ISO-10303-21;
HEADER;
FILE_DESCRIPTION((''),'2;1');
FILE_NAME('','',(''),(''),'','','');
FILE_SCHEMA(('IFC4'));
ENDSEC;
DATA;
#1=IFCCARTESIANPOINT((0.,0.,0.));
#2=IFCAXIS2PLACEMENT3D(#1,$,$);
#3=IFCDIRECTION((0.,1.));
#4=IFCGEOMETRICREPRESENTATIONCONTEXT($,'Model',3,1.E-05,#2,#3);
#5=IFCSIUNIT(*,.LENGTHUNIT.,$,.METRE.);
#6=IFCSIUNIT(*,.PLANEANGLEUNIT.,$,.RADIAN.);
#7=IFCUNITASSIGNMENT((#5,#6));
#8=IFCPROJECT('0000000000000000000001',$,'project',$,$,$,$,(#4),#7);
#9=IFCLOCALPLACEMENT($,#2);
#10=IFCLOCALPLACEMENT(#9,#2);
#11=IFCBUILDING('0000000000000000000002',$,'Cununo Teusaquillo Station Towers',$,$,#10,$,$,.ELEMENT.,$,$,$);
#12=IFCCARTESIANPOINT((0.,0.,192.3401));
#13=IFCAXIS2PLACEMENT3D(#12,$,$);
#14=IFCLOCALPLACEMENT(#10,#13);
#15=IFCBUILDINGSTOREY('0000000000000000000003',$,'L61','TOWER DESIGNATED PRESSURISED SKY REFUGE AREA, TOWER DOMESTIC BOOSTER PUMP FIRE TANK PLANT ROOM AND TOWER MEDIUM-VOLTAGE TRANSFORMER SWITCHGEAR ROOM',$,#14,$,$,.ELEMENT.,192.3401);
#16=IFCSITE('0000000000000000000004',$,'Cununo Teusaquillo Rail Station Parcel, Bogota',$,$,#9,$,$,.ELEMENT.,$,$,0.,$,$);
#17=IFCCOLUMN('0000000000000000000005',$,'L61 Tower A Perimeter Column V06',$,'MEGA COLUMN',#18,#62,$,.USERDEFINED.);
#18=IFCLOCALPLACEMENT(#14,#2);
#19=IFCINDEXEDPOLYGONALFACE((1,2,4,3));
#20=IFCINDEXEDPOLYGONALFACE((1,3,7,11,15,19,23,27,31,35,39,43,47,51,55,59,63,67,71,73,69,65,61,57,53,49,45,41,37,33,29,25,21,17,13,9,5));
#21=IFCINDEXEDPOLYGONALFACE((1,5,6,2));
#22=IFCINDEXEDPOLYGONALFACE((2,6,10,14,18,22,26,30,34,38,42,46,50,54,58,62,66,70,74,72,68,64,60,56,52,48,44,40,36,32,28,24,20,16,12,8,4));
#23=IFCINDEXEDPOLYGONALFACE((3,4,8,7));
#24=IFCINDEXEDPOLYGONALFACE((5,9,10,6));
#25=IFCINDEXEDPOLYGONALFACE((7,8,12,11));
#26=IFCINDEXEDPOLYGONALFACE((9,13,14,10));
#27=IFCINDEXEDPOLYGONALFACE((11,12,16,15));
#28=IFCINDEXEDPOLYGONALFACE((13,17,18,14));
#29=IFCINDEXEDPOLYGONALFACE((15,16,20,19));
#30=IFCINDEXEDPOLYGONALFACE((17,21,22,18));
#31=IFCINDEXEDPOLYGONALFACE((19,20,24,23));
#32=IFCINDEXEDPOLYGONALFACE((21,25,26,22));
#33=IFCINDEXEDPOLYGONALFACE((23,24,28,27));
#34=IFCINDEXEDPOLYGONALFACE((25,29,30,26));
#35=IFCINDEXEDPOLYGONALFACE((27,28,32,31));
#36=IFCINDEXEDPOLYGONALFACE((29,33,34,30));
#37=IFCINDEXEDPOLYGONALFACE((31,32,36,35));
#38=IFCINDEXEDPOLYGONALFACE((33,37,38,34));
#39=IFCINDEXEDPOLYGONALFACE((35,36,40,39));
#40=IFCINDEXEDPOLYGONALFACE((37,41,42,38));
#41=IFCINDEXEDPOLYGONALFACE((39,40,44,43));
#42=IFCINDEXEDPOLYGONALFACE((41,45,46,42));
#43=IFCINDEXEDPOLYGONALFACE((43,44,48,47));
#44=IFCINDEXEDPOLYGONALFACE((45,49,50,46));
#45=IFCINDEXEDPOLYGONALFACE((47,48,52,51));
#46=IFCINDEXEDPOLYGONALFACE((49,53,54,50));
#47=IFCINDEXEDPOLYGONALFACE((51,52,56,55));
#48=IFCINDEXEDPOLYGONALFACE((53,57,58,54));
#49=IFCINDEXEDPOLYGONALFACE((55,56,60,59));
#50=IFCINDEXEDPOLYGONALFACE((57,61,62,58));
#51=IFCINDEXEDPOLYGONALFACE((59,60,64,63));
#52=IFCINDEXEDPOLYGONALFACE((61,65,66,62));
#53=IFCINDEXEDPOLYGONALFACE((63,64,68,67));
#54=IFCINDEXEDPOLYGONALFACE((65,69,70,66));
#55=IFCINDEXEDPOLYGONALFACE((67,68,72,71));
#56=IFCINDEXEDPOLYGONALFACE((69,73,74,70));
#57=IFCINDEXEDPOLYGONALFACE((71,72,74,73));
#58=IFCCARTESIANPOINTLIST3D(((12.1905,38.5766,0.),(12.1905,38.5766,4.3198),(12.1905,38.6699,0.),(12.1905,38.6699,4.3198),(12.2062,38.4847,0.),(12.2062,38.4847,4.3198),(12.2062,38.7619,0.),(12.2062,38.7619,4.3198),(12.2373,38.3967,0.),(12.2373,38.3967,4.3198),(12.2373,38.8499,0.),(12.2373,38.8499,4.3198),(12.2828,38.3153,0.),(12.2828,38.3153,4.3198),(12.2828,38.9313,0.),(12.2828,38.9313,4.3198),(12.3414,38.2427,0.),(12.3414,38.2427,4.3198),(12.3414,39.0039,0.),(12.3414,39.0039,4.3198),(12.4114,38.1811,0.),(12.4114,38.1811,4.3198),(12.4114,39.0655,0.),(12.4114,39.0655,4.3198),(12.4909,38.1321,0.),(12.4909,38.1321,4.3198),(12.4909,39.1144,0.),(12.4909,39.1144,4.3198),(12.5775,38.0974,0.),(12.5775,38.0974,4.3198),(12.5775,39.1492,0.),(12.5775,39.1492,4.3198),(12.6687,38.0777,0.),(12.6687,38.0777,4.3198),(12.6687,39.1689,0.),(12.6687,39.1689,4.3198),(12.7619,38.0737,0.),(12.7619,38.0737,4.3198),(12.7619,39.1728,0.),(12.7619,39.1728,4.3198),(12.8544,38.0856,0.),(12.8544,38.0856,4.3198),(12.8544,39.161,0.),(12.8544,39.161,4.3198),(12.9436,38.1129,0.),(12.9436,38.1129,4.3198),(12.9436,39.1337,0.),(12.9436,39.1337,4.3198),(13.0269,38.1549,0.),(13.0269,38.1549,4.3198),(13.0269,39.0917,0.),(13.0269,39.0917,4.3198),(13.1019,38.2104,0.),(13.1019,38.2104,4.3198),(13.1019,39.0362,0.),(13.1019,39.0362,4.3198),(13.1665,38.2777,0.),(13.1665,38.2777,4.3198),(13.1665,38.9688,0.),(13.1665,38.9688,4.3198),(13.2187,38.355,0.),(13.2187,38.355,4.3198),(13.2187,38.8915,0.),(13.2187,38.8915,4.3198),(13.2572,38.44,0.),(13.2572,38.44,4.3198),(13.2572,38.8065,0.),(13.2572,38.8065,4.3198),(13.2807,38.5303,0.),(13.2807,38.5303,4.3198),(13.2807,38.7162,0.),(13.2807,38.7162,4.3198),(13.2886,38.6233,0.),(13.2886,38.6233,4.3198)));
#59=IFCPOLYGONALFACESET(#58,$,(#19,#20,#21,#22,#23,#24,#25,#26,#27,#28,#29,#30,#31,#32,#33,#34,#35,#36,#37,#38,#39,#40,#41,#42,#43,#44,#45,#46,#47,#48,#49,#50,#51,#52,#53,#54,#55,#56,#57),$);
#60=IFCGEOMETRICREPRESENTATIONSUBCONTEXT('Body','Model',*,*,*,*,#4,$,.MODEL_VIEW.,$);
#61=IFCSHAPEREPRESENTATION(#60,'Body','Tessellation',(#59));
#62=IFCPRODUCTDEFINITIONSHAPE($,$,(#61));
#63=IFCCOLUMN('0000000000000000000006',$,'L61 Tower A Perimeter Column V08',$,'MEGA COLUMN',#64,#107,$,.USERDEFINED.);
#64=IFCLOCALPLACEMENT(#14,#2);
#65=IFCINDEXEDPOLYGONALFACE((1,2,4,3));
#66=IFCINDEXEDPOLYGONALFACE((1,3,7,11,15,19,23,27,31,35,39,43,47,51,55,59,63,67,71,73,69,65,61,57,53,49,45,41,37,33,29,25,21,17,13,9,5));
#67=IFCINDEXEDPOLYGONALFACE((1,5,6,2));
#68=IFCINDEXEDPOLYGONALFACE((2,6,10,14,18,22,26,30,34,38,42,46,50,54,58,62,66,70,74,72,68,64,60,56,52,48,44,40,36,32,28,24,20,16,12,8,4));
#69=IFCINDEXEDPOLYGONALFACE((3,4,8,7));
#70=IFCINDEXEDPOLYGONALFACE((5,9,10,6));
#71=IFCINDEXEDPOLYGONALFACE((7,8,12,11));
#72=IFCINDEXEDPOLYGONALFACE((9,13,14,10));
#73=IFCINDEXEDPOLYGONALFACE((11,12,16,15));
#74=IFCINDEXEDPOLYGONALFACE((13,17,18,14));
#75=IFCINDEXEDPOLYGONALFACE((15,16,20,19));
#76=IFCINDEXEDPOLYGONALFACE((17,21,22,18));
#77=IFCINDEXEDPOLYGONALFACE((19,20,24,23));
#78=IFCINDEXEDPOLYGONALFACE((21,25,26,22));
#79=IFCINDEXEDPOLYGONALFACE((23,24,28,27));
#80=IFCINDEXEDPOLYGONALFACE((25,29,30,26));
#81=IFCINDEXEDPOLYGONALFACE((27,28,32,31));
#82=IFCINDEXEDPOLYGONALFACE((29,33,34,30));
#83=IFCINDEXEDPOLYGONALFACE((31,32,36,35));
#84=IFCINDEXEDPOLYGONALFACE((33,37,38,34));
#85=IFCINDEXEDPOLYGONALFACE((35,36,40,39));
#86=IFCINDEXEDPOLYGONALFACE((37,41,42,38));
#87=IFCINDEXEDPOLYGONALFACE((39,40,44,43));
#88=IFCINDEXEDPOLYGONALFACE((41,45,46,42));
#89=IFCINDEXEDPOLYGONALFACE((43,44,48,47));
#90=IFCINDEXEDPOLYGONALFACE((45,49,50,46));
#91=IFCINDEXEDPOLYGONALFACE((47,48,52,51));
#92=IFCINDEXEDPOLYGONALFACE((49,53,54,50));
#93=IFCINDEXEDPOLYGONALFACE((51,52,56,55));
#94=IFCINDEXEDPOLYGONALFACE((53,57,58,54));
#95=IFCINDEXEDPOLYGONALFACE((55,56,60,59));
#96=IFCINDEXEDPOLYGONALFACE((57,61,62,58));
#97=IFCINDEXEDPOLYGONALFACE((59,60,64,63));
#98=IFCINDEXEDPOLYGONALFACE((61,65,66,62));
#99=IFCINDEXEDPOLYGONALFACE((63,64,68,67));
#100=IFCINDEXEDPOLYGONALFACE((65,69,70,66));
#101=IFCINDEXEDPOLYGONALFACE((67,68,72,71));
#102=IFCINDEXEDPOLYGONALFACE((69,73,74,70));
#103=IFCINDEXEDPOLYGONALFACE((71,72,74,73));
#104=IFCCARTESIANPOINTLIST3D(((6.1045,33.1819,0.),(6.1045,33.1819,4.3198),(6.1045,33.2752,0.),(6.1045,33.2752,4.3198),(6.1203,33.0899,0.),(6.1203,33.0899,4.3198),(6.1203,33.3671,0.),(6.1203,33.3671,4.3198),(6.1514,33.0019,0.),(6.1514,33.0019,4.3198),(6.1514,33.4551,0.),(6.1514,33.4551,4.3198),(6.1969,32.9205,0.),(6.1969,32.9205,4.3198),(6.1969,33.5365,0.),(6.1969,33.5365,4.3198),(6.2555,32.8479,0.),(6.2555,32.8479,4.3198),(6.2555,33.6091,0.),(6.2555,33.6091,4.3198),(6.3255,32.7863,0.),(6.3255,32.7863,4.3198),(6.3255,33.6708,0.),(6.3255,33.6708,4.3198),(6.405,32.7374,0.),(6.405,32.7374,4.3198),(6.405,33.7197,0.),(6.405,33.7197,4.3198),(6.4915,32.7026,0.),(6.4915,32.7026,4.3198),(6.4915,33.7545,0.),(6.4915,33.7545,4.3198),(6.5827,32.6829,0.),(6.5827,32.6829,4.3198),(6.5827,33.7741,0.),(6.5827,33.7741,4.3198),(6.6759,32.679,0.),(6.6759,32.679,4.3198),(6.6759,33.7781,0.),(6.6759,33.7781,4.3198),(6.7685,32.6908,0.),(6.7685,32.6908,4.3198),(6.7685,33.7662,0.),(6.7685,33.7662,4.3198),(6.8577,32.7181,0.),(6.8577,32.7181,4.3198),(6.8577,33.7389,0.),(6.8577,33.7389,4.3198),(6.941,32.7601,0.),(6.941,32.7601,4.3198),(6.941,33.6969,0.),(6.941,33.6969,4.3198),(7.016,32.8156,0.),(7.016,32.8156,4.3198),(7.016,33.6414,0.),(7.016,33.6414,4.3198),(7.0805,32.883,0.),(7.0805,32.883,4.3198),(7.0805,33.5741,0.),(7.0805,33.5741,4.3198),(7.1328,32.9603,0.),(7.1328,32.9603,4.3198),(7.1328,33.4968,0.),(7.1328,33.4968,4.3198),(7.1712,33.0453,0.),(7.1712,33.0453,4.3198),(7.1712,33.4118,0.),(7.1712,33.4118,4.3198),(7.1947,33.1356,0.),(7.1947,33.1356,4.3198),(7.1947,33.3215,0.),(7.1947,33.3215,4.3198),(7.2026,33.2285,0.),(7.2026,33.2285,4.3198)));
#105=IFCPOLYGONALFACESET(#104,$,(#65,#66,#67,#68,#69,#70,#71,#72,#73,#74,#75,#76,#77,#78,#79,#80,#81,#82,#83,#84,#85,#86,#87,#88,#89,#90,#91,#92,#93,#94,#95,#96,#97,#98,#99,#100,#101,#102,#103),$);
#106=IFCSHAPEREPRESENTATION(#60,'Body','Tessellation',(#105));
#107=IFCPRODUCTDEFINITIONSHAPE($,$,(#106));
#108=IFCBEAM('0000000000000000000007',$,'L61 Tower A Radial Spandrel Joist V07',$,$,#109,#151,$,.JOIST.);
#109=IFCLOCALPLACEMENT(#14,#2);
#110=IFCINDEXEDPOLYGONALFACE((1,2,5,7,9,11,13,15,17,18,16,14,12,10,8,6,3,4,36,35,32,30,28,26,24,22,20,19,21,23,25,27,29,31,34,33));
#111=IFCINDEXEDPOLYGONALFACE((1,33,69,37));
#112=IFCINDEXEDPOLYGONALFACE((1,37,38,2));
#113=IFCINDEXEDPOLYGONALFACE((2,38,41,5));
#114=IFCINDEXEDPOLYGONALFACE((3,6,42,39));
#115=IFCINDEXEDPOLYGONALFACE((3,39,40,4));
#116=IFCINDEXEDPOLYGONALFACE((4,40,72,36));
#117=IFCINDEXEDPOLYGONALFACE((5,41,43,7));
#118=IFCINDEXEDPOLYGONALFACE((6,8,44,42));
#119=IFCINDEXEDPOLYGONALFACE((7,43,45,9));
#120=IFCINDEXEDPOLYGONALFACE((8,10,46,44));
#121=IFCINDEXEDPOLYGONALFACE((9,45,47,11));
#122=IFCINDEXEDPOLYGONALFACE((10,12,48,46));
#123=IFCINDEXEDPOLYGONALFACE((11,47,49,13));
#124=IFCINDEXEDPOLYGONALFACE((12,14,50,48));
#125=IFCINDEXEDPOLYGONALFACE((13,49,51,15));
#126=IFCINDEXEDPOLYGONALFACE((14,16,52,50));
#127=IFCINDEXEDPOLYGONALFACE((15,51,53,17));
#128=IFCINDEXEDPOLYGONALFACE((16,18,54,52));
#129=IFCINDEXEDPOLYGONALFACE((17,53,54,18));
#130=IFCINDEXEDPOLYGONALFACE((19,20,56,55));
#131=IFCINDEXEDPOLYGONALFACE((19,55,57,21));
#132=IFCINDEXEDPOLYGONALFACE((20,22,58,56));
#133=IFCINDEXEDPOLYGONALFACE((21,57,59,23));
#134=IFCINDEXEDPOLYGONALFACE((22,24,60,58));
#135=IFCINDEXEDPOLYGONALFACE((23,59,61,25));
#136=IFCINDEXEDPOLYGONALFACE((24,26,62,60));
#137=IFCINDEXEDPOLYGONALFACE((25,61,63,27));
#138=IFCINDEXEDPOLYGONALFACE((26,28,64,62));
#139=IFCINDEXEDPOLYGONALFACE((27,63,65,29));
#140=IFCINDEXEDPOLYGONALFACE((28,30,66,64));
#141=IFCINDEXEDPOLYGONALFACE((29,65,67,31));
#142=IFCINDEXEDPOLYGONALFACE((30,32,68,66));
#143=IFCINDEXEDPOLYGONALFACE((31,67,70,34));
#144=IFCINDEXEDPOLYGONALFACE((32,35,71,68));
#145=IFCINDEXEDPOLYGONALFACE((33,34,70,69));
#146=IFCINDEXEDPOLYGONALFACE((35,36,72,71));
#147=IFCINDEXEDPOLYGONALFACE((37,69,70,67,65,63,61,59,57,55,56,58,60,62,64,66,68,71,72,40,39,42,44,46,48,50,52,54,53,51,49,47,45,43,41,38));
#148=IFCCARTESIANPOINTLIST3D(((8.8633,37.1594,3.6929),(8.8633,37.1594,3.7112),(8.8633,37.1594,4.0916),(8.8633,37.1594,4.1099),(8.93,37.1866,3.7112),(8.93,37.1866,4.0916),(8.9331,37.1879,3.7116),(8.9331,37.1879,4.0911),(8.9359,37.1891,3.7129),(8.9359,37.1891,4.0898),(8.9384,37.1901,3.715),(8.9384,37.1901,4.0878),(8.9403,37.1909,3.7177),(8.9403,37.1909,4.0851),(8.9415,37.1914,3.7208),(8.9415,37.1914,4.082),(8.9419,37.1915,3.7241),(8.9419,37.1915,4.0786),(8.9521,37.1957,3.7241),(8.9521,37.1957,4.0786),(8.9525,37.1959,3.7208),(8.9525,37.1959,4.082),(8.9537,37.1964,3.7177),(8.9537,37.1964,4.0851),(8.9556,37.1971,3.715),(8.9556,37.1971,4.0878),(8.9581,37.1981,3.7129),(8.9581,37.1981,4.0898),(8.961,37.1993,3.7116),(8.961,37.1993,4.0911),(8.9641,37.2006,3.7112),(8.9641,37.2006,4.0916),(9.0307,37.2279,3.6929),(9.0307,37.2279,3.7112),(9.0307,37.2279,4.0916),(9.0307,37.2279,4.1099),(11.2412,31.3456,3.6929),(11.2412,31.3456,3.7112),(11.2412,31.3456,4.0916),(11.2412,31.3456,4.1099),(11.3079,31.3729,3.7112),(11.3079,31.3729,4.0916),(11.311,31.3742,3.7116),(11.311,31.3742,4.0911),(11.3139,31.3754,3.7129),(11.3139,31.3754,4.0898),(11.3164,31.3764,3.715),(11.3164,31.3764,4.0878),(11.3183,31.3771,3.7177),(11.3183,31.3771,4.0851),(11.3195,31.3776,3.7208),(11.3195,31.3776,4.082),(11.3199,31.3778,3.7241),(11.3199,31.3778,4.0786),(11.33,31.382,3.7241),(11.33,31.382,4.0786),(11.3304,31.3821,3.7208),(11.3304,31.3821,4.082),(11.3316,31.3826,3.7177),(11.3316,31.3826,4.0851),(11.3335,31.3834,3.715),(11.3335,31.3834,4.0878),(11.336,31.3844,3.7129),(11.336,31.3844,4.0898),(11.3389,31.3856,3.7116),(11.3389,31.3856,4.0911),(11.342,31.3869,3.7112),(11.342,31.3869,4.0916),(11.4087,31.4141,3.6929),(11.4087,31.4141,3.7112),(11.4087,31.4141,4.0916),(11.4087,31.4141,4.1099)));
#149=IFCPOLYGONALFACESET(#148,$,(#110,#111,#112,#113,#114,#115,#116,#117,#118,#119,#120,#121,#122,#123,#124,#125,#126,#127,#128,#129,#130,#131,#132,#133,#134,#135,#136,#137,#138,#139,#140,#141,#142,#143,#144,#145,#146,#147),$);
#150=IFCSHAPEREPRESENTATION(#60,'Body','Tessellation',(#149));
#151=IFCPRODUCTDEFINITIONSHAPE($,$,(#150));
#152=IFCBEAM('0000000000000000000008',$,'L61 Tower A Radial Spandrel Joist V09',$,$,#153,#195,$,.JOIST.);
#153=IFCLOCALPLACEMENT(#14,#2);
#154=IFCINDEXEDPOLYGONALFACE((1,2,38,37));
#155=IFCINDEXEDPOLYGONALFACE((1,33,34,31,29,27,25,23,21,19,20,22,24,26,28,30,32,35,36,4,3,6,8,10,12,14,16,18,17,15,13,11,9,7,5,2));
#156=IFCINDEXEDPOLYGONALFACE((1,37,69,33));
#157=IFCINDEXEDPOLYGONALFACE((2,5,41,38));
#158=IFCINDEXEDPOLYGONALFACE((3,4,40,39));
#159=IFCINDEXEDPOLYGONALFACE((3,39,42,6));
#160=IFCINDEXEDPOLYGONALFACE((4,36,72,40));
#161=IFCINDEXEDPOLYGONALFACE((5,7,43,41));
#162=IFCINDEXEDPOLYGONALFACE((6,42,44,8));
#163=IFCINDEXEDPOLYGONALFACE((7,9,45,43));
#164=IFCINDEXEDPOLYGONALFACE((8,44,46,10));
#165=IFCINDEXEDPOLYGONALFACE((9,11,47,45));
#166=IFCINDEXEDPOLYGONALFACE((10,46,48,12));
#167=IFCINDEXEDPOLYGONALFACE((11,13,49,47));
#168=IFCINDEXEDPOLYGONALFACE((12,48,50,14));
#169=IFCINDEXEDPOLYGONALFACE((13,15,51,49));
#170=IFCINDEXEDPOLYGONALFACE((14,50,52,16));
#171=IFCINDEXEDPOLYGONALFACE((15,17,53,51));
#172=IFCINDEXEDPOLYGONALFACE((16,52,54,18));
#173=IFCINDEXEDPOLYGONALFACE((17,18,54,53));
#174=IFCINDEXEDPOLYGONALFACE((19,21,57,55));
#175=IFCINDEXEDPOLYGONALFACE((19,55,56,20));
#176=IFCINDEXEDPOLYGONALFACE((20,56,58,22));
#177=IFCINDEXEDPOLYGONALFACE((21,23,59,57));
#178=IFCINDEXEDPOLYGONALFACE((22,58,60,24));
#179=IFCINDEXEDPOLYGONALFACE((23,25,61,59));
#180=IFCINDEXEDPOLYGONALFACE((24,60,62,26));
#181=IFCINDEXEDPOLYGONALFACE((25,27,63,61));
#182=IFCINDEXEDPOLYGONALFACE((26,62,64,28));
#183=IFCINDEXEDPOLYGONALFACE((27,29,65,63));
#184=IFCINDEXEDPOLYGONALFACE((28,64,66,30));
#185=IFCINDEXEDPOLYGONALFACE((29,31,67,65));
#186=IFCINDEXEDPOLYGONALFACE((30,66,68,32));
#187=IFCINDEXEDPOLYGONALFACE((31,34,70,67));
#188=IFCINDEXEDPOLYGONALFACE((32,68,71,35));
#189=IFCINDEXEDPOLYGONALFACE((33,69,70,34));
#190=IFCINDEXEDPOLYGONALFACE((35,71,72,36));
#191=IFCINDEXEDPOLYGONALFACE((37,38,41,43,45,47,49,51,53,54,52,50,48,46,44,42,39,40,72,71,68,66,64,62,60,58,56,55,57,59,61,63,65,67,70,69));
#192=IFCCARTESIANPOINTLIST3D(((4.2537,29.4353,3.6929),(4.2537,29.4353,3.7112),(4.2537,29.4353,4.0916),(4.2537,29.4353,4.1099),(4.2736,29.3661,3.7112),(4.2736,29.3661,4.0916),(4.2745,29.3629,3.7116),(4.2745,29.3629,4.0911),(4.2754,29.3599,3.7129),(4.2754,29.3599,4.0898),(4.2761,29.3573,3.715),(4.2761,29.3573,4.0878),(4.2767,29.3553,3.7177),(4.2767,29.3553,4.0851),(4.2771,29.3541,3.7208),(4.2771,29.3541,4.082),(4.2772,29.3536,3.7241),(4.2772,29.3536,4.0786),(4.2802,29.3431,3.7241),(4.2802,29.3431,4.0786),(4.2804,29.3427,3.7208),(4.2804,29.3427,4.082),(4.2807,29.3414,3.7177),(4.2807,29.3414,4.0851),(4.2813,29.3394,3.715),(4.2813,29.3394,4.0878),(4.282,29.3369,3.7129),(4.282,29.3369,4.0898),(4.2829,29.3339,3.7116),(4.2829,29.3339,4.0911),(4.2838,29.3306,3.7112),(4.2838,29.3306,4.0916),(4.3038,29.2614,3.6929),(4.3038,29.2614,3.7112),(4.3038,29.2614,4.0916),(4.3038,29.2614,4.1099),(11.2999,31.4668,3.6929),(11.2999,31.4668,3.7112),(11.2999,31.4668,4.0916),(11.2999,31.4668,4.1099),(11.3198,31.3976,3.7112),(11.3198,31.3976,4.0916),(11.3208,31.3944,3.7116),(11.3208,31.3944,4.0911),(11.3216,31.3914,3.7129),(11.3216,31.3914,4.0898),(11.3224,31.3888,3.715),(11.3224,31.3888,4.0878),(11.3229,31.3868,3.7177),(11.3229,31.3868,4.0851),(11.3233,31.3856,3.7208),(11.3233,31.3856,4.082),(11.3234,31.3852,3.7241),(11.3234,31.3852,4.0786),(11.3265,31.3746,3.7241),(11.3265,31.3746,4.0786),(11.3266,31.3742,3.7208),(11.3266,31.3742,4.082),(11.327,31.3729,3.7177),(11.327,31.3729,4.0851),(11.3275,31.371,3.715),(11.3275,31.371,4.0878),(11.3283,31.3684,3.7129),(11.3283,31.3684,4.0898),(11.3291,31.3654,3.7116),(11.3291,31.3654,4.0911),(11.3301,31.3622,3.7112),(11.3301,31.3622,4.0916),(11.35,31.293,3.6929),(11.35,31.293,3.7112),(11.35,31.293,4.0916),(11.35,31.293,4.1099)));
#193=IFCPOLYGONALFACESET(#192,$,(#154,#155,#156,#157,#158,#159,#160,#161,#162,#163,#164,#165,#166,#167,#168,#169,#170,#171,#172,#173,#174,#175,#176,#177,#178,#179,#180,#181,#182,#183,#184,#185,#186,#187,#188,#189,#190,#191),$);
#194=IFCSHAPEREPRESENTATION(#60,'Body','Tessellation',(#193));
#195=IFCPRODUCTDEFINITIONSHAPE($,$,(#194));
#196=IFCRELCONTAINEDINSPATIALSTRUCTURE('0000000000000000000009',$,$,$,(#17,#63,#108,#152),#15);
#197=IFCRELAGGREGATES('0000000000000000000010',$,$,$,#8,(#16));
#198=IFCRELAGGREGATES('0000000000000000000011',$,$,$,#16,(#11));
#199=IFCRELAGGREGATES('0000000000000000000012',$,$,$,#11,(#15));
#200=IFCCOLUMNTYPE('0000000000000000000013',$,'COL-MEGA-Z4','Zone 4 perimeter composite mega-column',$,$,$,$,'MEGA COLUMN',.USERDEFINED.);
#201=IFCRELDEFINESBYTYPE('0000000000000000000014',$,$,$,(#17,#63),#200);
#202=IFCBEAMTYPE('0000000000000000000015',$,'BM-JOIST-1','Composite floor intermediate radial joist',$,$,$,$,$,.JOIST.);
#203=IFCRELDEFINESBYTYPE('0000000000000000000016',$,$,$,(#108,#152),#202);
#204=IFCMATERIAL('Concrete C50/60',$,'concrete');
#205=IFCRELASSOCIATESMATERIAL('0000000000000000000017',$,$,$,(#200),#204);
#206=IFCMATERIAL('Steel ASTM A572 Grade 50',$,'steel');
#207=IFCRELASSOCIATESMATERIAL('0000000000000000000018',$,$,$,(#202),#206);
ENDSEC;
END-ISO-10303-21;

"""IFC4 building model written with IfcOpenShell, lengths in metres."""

from ifc_helpers import new_model, si_unit, direction, frame, origin, origin_2d, place, context, subcontext, project, spatial, circle, i_section, extrude, material, material_profile, profile_set, type_object, element, save


model = new_model("IFC4")

# Units and contexts
model_context = context("Model", 3, precision=1e-05, world=origin(), true_north=direction((0.0, 1.0)))
body_context = subcontext(model_context, "Body", "Model", "MODEL_VIEW")
ifc_project = project(units=[si_unit("LENGTHUNIT", "METRE"), si_unit("PLANEANGLEUNIT", "RADIAN")], contexts=[model_context])

# Site, building, storey
site_placement = place(None, origin())
site = spatial("IfcSite", under=ifc_project, at=site_placement, Name="Cununo Teusaquillo Rail Station Parcel, Bogota", CompositionType="ELEMENT", RefElevation=0.0)
building_placement = place(site_placement, origin())
building = spatial("IfcBuilding", under=site, at=building_placement, Name="Cununo Teusaquillo Station Towers", CompositionType="ELEMENT")
storey_placement = place(building_placement, frame((0.0, 0.0, 192.3401)))
storey = spatial("IfcBuildingStorey", under=building, at=storey_placement, Name="L61", Description="TOWER DESIGNATED PRESSURISED SKY REFUGE AREA, TOWER DOMESTIC BOOSTER PUMP FIRE TANK PLANT ROOM AND TOWER MEDIUM-VOLTAGE TRANSFORMER SWITCHGEAR ROOM", CompositionType="ELEMENT", Elevation=192.3401)

# Columns
ifc_material_1 = material(Name="Concrete C50/60", Category="concrete")
ifc_material_profile_1 = material_profile(ifc_material_1, circle(Radius=0.55, at=origin_2d()), Name="RC-CIRC-1100")
ifc_profile_set_1 = profile_set([ifc_material_profile_1], Name="Concrete C50/60")
column_type = type_object("IfcColumnType", Name="COL-MEGA-Z4", Description="Zone 4 perimeter composite mega-column", ElementType="MEGA COLUMN", PredefinedType="USERDEFINED", material=ifc_profile_set_1)
for number, where, z_axis, x_axis, name in (
    (1, (12.7385, 38.6233, 0.0), (0.0, 0.0, 1.0), (1.0, 0.0, 0.0), "L61 Tower A Perimeter Column V06"),
    (2, (6.6526, 33.2285, 0.0), (0.0, 0.0, 1.0), (1.0, 0.0, 0.0), "L61 Tower A Perimeter Column V08"),
):
    element("IfcColumn", number, at=place(storey_placement, frame(where, z_axis=z_axis, x_axis=x_axis)), inside=storey, type_object=column_type, Name=name, ObjectType="MEGA COLUMN", PredefinedType="USERDEFINED", context=body_context, shape_type="SweptSolid", body=[
        extrude(circle(Radius=0.55, at=origin_2d()), origin(), (0.0, 0.0, 1.0), 4.3198),
    ])

# Beams
ifc_material_2 = material(Name="Steel ASTM A572 Grade 50", Category="steel")
ifc_material_profile_2 = material_profile(ifc_material_2, i_section(OverallWidth=0.1809, OverallDepth=0.417, WebThickness=0.011, FlangeThickness=0.0183, FilletRadius=0.0129, at=origin_2d()), Name="W16X57")
ifc_profile_set_2 = profile_set([ifc_material_profile_2], Name="Steel ASTM A572 Grade 50")
beam_type_1 = type_object("IfcBeamType", Name="BM-JOIST-1", Description="Composite floor intermediate radial joist", PredefinedType="JOIST", material=ifc_profile_set_2)
beam_1_placement = place(storey_placement, frame((11.325, 31.3799, 3.9014), z_axis=(-0.378577, 0.92557, 0.0), x_axis=(-0.92557, -0.378577, 0.0)))
element("IfcBeam", 3, at=beam_1_placement, inside=storey, type_object=beam_type_1, Name="L61 Tower A Radial Spandrel Joist V07", PredefinedType="JOIST", context=body_context, shape_type="SweptSolid", body=[
    extrude(i_section(OverallWidth=0.1809, OverallDepth=0.417, WebThickness=0.011, FlangeThickness=0.0183, FilletRadius=0.0129, at=origin_2d()), origin(), (0.0, 0.0, 1.0), 6.2812),
])
beam_2_placement = place(storey_placement, frame((11.325, 31.3799, 3.9014), z_axis=(-0.960862, -0.277029, 0.0), x_axis=(0.277029, -0.960862, 0.0)))
element("IfcBeam", 4, at=beam_2_placement, inside=storey, type_object=beam_type_1, Name="L61 Tower A Radial Spandrel Joist V09", PredefinedType="JOIST", context=body_context, shape_type="SweptSolid", body=[
    extrude(i_section(OverallWidth=0.1809, OverallDepth=0.417, WebThickness=0.011, FlangeThickness=0.0183, FilletRadius=0.0129, at=origin_2d()), origin(), (0.0, 0.0, 1.0), 7.3333),
])

save(model, "model.ifc")
